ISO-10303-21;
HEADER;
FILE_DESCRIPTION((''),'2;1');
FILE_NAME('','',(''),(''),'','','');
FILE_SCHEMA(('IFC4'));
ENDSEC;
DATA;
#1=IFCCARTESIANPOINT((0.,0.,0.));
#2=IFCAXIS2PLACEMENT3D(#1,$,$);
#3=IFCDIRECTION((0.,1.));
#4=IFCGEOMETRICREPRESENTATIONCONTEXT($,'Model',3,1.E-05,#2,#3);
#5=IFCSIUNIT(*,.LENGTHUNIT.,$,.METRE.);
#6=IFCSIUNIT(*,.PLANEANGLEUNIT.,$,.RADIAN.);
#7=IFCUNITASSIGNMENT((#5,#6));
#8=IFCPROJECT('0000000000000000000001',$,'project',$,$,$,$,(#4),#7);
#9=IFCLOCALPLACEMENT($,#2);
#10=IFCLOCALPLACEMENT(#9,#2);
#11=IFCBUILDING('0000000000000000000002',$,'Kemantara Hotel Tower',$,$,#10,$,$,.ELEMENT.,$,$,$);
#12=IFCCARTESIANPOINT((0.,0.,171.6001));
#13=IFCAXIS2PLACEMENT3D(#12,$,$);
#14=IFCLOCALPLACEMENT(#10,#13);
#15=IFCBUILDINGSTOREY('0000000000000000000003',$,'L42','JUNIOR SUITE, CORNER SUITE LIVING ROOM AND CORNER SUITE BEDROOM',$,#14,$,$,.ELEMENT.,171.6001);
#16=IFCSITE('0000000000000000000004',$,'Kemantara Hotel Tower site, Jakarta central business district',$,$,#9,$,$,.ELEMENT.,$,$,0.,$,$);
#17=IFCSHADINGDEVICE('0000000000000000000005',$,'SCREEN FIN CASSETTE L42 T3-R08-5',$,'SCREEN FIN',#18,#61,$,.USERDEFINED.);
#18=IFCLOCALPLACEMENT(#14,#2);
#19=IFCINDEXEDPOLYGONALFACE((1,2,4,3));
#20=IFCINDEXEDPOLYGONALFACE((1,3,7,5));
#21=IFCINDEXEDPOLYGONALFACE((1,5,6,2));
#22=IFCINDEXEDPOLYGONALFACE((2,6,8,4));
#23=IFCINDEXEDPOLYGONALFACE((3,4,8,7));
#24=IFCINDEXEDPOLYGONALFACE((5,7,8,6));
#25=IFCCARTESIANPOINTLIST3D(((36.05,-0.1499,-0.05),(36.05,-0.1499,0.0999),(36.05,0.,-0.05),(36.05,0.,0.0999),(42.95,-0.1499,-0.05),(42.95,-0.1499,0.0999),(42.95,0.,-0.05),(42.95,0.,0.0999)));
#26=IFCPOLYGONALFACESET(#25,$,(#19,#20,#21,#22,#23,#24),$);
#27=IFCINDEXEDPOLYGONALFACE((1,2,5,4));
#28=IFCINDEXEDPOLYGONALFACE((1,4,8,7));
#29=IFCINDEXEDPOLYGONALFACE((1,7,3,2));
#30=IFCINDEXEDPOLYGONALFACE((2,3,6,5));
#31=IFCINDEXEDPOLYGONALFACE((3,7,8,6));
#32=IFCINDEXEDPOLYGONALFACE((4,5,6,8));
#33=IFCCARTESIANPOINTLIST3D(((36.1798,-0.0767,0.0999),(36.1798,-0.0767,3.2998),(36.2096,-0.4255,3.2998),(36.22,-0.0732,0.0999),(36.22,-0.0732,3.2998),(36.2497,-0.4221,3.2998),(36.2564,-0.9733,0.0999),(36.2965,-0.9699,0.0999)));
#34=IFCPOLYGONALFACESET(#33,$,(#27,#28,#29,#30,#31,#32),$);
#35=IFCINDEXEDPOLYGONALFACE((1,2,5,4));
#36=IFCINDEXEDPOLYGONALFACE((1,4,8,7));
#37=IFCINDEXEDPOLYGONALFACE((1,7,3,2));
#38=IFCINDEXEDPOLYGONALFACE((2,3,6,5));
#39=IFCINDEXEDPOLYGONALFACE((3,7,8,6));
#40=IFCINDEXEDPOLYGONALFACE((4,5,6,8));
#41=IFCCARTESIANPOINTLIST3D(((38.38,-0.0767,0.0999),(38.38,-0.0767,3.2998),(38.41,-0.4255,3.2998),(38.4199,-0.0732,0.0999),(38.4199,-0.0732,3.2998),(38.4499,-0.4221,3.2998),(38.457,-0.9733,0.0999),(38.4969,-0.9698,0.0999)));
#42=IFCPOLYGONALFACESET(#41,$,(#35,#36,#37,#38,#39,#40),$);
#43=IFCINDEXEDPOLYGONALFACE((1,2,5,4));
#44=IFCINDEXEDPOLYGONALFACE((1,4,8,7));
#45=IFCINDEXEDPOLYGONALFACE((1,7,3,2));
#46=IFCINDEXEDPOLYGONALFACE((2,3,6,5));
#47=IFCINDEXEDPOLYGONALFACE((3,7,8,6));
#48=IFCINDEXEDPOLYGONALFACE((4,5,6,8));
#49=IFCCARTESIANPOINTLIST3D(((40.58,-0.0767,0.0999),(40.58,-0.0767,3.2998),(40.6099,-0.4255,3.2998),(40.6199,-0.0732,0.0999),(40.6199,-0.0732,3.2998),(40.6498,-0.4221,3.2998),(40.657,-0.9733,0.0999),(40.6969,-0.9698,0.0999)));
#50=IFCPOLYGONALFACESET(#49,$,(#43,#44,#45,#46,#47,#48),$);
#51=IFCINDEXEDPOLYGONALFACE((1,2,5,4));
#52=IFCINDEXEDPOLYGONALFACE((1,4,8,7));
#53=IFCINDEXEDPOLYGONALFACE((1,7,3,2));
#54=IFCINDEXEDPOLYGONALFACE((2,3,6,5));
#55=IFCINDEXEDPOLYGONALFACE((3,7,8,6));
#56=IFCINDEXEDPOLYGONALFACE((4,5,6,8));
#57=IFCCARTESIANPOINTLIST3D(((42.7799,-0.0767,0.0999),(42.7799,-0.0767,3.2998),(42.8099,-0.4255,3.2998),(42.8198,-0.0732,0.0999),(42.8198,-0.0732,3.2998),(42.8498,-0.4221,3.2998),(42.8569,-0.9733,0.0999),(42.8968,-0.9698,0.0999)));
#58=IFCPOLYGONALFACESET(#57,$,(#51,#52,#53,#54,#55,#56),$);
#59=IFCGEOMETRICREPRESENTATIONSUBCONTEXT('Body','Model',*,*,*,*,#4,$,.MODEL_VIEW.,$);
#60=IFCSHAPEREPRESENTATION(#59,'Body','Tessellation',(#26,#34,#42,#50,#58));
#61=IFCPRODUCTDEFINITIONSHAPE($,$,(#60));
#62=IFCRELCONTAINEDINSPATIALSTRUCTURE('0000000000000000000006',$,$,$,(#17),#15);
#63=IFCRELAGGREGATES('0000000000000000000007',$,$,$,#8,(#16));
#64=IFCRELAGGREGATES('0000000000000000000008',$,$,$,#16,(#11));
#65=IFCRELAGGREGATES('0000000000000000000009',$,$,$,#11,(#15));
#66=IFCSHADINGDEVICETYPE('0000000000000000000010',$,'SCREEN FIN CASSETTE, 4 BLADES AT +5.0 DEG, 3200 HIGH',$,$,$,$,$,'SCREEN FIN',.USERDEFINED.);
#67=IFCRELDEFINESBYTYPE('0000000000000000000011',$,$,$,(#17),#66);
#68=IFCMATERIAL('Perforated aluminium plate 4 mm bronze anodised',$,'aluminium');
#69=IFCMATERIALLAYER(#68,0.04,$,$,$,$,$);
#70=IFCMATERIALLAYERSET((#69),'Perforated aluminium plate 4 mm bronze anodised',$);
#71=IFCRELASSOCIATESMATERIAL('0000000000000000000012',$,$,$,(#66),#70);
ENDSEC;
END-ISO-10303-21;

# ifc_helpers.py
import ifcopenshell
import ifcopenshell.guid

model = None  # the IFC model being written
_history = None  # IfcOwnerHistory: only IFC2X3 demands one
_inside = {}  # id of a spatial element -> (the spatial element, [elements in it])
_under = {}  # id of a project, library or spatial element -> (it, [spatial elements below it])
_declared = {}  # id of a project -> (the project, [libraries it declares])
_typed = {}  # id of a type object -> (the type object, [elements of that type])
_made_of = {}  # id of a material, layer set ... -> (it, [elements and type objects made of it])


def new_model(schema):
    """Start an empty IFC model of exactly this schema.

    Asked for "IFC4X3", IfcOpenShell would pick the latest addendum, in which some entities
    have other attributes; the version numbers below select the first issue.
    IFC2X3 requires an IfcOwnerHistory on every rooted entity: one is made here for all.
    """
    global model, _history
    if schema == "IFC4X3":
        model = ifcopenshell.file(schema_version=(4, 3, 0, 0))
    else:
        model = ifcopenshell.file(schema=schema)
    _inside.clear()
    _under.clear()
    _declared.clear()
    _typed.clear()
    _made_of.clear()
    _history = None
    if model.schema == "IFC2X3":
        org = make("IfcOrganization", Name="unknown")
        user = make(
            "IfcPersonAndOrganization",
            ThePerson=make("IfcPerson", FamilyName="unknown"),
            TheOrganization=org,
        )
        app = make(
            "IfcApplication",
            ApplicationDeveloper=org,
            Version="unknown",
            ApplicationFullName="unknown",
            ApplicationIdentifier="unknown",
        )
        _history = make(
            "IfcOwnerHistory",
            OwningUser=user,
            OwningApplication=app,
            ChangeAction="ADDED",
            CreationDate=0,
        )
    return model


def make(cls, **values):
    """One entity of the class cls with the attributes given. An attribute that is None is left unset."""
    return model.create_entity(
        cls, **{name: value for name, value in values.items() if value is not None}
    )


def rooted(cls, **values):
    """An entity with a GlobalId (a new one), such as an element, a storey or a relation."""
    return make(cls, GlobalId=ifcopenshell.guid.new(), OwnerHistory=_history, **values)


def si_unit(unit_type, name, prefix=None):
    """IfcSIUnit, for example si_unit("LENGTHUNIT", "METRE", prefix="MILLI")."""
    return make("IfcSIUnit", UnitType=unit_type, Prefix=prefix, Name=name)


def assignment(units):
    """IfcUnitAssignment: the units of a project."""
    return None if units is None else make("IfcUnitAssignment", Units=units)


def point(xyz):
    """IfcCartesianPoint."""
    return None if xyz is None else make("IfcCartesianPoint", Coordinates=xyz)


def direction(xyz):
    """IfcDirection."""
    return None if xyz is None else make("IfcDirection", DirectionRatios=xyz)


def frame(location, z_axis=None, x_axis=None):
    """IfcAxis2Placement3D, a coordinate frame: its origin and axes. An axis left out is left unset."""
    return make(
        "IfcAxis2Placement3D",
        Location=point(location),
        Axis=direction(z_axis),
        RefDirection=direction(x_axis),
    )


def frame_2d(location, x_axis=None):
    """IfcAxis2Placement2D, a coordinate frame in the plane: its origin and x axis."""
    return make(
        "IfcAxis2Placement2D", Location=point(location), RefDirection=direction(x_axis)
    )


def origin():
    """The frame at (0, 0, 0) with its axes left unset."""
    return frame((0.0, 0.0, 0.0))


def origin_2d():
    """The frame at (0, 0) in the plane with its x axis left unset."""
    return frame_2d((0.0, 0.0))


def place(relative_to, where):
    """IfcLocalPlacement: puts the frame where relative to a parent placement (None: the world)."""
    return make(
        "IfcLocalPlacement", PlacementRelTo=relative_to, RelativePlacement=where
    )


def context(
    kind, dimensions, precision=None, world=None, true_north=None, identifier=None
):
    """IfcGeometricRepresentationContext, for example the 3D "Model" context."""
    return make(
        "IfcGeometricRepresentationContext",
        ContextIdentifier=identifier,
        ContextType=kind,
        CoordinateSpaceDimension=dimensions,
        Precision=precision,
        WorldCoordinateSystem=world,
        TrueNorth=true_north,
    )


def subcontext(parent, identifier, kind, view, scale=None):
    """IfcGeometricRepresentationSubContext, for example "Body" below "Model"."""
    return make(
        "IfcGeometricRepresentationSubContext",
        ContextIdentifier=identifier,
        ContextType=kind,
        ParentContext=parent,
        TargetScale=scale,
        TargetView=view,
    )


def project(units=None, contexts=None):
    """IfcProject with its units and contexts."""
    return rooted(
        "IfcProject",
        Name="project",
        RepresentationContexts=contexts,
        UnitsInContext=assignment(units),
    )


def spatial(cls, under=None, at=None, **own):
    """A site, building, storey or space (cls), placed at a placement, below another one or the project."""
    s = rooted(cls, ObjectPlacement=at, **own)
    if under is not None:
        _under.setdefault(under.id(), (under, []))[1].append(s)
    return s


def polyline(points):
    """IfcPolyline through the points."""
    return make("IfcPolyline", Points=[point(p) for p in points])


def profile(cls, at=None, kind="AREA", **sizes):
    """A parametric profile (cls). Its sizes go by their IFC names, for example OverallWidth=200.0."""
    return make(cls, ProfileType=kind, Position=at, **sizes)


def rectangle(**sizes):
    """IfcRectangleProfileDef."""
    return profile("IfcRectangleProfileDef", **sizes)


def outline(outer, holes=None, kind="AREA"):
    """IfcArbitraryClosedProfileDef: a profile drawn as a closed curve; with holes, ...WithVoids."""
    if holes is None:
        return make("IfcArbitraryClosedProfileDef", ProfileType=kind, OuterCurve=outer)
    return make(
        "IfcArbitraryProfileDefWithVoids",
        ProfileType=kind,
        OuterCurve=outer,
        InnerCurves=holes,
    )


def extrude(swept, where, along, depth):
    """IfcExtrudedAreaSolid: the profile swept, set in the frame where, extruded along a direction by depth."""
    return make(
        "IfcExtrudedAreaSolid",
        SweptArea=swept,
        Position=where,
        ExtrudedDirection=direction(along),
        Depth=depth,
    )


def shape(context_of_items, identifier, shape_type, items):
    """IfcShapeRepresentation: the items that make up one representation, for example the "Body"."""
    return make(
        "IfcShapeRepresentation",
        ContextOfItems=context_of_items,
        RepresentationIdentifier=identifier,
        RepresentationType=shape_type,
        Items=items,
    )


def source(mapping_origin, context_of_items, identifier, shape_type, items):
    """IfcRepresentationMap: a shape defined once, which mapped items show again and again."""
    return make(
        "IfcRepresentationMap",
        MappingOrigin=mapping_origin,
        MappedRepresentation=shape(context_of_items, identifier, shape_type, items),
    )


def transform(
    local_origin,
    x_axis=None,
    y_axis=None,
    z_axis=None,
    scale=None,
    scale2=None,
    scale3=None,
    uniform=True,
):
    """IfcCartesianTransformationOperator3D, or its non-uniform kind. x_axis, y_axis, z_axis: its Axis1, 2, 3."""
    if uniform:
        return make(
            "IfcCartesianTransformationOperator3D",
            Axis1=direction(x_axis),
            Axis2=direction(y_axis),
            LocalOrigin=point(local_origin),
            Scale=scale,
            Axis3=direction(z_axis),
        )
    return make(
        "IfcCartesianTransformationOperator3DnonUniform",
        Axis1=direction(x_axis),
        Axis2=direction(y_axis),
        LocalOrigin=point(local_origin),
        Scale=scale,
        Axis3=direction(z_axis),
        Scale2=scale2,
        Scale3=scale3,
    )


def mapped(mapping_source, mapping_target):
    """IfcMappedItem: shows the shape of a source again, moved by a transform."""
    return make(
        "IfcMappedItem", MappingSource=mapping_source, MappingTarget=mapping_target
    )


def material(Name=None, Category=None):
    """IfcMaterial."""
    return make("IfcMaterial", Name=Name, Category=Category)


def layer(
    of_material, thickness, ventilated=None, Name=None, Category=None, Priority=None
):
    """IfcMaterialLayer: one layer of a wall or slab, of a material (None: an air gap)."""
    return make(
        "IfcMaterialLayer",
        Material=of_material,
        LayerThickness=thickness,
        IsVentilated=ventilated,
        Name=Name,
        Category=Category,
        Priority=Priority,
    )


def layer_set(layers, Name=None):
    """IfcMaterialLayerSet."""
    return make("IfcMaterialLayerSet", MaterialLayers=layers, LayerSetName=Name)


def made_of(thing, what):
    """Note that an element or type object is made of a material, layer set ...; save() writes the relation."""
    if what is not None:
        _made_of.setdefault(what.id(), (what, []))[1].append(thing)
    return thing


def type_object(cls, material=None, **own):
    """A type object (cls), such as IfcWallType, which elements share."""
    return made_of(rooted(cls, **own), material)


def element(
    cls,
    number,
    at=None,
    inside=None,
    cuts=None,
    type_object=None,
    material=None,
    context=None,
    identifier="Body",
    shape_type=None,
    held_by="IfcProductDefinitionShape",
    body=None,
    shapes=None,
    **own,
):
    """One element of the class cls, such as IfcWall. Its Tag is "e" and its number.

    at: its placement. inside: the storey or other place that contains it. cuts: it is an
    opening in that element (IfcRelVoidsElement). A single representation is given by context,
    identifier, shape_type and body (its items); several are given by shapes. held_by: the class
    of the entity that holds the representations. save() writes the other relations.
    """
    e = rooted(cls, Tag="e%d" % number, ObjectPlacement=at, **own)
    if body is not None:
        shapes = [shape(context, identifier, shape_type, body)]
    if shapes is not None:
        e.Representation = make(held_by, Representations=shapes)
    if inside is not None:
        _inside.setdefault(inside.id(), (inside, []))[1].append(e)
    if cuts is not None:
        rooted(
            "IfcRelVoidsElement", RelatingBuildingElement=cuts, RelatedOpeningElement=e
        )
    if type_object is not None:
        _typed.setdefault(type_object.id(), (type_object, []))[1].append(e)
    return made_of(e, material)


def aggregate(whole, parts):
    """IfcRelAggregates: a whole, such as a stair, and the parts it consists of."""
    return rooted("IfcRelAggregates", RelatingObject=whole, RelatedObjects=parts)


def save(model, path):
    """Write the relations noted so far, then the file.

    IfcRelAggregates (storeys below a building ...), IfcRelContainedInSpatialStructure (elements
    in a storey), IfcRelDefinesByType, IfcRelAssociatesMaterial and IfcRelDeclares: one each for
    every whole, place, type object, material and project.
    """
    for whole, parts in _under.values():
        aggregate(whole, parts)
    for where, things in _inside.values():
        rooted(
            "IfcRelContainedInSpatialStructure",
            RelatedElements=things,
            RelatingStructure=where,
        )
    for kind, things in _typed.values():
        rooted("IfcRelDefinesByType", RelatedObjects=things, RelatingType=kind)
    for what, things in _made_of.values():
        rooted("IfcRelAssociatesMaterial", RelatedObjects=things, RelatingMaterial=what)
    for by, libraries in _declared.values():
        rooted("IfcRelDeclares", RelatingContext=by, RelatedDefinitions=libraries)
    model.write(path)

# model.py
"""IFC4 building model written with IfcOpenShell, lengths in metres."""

from ifc_helpers import new_model, si_unit, direction, frame, origin, origin_2d, place, context, subcontext, project, spatial, polyline, rectangle, outline, extrude, source, transform, mapped, material, layer, layer_set, type_object, element, save


model = new_model("IFC4")

# Units and contexts
model_context = context("Model", 3, precision=1e-05, world=origin(), true_north=direction((0.0, 1.0)))
body_context = subcontext(model_context, "Body", "Model", "MODEL_VIEW")
ifc_project = project(units=[si_unit("LENGTHUNIT", "METRE"), si_unit("PLANEANGLEUNIT", "RADIAN")], contexts=[model_context])

# Site, building, storey
site_placement = place(None, origin())
site = spatial("IfcSite", under=ifc_project, at=site_placement, Name="Kemantara Hotel Tower site, Jakarta central business district", CompositionType="ELEMENT", RefElevation=0.0)
building_placement = place(site_placement, origin())
building = spatial("IfcBuilding", under=site, at=building_placement, Name="Kemantara Hotel Tower", CompositionType="ELEMENT")
storey_placement = place(building_placement, frame((0.0, 0.0, 171.6001)))
storey = spatial("IfcBuildingStorey", under=building, at=storey_placement, Name="L42", Description="JUNIOR SUITE, CORNER SUITE LIVING ROOM AND CORNER SUITE BEDROOM", CompositionType="ELEMENT", Elevation=171.6001)

# Shading device
ifc_material_1 = material(Name="Perforated aluminium plate 4 mm bronze anodised", Category="aluminium")
ifc_layer_1 = layer(ifc_material_1, 0.04)
ifc_layer_set_1 = layer_set([ifc_layer_1], Name="Perforated aluminium plate 4 mm bronze anodised")
shading_device_type_1 = type_object("IfcShadingDeviceType", Name="SCREEN FIN CASSETTE, 4 BLADES AT +5.0 DEG, 3200 HIGH", ElementType="SCREEN FIN", PredefinedType="USERDEFINED", material=ifc_layer_set_1)
shared_shape_1 = source(origin(), body_context, "Body", "SweptSolid", [
    extrude(rectangle(XDim=6.8999, YDim=0.1499, at=origin_2d()), frame((3.3, -0.075, -0.1499), z_axis=(0.0, 0.0, 1.0), x_axis=(1.0, 0.0, 0.0)), (0.0, 0.0, 1.0), 0.1499),
    extrude(outline(polyline([(0.0, 0.0), (0.8999, 0.0), (0.3501, 3.2), (0.0, 3.2), (0.0, 0.0)])), frame((0.02, -0.0732, 0.0), z_axis=(-0.996376, -0.085056, 0.0), x_axis=(0.085056, -0.996376, 0.0)), (0.0, 0.0, 1.0), 0.0403),
    extrude(outline(polyline([(0.0, 0.0), (0.8999, 0.0), (0.3501, 3.2), (0.0, 3.2), (0.0, 0.0)])), frame((2.22, -0.0732, 0.0), z_axis=(-0.996332, -0.085575, 0.0), x_axis=(0.085575, -0.996332, 0.0)), (0.0, 0.0, 1.0), 0.04),
    extrude(outline(polyline([(0.0, 0.0), (0.8999, 0.0), (0.3501, 3.2), (0.0, 3.2), (0.0, 0.0)])), frame((4.4199, -0.0732, 0.0), z_axis=(-0.996332, -0.085575, 0.0), x_axis=(0.085575, -0.996332, 0.0)), (0.0, 0.0, 1.0), 0.04),
    extrude(outline(polyline([(0.0, 0.0), (0.8999, 0.0), (0.3501, 3.2), (0.0, 3.2), (0.0, 0.0)])), frame((6.6199, -0.0732, 0.0), z_axis=(-0.996332, -0.085575, 0.0), x_axis=(0.085575, -0.996332, 0.0)), (0.0, 0.0, 1.0), 0.04),
])
shading_device_1_placement = place(storey_placement, frame((36.2, 0.0, 0.0999), z_axis=(0.0, 0.0, 1.0), x_axis=(1.0, 0.0, 0.0)))
element("IfcShadingDevice", 1, at=shading_device_1_placement, inside=storey, type_object=shading_device_type_1, Name="SCREEN FIN CASSETTE L42 T3-R08-5", ObjectType="SCREEN FIN", PredefinedType="USERDEFINED", context=body_context, shape_type="MappedRepresentation", body=[
    mapped(shared_shape_1, transform((0.0, 0.0, 0.0))),
])

save(model, "model.ifc")
